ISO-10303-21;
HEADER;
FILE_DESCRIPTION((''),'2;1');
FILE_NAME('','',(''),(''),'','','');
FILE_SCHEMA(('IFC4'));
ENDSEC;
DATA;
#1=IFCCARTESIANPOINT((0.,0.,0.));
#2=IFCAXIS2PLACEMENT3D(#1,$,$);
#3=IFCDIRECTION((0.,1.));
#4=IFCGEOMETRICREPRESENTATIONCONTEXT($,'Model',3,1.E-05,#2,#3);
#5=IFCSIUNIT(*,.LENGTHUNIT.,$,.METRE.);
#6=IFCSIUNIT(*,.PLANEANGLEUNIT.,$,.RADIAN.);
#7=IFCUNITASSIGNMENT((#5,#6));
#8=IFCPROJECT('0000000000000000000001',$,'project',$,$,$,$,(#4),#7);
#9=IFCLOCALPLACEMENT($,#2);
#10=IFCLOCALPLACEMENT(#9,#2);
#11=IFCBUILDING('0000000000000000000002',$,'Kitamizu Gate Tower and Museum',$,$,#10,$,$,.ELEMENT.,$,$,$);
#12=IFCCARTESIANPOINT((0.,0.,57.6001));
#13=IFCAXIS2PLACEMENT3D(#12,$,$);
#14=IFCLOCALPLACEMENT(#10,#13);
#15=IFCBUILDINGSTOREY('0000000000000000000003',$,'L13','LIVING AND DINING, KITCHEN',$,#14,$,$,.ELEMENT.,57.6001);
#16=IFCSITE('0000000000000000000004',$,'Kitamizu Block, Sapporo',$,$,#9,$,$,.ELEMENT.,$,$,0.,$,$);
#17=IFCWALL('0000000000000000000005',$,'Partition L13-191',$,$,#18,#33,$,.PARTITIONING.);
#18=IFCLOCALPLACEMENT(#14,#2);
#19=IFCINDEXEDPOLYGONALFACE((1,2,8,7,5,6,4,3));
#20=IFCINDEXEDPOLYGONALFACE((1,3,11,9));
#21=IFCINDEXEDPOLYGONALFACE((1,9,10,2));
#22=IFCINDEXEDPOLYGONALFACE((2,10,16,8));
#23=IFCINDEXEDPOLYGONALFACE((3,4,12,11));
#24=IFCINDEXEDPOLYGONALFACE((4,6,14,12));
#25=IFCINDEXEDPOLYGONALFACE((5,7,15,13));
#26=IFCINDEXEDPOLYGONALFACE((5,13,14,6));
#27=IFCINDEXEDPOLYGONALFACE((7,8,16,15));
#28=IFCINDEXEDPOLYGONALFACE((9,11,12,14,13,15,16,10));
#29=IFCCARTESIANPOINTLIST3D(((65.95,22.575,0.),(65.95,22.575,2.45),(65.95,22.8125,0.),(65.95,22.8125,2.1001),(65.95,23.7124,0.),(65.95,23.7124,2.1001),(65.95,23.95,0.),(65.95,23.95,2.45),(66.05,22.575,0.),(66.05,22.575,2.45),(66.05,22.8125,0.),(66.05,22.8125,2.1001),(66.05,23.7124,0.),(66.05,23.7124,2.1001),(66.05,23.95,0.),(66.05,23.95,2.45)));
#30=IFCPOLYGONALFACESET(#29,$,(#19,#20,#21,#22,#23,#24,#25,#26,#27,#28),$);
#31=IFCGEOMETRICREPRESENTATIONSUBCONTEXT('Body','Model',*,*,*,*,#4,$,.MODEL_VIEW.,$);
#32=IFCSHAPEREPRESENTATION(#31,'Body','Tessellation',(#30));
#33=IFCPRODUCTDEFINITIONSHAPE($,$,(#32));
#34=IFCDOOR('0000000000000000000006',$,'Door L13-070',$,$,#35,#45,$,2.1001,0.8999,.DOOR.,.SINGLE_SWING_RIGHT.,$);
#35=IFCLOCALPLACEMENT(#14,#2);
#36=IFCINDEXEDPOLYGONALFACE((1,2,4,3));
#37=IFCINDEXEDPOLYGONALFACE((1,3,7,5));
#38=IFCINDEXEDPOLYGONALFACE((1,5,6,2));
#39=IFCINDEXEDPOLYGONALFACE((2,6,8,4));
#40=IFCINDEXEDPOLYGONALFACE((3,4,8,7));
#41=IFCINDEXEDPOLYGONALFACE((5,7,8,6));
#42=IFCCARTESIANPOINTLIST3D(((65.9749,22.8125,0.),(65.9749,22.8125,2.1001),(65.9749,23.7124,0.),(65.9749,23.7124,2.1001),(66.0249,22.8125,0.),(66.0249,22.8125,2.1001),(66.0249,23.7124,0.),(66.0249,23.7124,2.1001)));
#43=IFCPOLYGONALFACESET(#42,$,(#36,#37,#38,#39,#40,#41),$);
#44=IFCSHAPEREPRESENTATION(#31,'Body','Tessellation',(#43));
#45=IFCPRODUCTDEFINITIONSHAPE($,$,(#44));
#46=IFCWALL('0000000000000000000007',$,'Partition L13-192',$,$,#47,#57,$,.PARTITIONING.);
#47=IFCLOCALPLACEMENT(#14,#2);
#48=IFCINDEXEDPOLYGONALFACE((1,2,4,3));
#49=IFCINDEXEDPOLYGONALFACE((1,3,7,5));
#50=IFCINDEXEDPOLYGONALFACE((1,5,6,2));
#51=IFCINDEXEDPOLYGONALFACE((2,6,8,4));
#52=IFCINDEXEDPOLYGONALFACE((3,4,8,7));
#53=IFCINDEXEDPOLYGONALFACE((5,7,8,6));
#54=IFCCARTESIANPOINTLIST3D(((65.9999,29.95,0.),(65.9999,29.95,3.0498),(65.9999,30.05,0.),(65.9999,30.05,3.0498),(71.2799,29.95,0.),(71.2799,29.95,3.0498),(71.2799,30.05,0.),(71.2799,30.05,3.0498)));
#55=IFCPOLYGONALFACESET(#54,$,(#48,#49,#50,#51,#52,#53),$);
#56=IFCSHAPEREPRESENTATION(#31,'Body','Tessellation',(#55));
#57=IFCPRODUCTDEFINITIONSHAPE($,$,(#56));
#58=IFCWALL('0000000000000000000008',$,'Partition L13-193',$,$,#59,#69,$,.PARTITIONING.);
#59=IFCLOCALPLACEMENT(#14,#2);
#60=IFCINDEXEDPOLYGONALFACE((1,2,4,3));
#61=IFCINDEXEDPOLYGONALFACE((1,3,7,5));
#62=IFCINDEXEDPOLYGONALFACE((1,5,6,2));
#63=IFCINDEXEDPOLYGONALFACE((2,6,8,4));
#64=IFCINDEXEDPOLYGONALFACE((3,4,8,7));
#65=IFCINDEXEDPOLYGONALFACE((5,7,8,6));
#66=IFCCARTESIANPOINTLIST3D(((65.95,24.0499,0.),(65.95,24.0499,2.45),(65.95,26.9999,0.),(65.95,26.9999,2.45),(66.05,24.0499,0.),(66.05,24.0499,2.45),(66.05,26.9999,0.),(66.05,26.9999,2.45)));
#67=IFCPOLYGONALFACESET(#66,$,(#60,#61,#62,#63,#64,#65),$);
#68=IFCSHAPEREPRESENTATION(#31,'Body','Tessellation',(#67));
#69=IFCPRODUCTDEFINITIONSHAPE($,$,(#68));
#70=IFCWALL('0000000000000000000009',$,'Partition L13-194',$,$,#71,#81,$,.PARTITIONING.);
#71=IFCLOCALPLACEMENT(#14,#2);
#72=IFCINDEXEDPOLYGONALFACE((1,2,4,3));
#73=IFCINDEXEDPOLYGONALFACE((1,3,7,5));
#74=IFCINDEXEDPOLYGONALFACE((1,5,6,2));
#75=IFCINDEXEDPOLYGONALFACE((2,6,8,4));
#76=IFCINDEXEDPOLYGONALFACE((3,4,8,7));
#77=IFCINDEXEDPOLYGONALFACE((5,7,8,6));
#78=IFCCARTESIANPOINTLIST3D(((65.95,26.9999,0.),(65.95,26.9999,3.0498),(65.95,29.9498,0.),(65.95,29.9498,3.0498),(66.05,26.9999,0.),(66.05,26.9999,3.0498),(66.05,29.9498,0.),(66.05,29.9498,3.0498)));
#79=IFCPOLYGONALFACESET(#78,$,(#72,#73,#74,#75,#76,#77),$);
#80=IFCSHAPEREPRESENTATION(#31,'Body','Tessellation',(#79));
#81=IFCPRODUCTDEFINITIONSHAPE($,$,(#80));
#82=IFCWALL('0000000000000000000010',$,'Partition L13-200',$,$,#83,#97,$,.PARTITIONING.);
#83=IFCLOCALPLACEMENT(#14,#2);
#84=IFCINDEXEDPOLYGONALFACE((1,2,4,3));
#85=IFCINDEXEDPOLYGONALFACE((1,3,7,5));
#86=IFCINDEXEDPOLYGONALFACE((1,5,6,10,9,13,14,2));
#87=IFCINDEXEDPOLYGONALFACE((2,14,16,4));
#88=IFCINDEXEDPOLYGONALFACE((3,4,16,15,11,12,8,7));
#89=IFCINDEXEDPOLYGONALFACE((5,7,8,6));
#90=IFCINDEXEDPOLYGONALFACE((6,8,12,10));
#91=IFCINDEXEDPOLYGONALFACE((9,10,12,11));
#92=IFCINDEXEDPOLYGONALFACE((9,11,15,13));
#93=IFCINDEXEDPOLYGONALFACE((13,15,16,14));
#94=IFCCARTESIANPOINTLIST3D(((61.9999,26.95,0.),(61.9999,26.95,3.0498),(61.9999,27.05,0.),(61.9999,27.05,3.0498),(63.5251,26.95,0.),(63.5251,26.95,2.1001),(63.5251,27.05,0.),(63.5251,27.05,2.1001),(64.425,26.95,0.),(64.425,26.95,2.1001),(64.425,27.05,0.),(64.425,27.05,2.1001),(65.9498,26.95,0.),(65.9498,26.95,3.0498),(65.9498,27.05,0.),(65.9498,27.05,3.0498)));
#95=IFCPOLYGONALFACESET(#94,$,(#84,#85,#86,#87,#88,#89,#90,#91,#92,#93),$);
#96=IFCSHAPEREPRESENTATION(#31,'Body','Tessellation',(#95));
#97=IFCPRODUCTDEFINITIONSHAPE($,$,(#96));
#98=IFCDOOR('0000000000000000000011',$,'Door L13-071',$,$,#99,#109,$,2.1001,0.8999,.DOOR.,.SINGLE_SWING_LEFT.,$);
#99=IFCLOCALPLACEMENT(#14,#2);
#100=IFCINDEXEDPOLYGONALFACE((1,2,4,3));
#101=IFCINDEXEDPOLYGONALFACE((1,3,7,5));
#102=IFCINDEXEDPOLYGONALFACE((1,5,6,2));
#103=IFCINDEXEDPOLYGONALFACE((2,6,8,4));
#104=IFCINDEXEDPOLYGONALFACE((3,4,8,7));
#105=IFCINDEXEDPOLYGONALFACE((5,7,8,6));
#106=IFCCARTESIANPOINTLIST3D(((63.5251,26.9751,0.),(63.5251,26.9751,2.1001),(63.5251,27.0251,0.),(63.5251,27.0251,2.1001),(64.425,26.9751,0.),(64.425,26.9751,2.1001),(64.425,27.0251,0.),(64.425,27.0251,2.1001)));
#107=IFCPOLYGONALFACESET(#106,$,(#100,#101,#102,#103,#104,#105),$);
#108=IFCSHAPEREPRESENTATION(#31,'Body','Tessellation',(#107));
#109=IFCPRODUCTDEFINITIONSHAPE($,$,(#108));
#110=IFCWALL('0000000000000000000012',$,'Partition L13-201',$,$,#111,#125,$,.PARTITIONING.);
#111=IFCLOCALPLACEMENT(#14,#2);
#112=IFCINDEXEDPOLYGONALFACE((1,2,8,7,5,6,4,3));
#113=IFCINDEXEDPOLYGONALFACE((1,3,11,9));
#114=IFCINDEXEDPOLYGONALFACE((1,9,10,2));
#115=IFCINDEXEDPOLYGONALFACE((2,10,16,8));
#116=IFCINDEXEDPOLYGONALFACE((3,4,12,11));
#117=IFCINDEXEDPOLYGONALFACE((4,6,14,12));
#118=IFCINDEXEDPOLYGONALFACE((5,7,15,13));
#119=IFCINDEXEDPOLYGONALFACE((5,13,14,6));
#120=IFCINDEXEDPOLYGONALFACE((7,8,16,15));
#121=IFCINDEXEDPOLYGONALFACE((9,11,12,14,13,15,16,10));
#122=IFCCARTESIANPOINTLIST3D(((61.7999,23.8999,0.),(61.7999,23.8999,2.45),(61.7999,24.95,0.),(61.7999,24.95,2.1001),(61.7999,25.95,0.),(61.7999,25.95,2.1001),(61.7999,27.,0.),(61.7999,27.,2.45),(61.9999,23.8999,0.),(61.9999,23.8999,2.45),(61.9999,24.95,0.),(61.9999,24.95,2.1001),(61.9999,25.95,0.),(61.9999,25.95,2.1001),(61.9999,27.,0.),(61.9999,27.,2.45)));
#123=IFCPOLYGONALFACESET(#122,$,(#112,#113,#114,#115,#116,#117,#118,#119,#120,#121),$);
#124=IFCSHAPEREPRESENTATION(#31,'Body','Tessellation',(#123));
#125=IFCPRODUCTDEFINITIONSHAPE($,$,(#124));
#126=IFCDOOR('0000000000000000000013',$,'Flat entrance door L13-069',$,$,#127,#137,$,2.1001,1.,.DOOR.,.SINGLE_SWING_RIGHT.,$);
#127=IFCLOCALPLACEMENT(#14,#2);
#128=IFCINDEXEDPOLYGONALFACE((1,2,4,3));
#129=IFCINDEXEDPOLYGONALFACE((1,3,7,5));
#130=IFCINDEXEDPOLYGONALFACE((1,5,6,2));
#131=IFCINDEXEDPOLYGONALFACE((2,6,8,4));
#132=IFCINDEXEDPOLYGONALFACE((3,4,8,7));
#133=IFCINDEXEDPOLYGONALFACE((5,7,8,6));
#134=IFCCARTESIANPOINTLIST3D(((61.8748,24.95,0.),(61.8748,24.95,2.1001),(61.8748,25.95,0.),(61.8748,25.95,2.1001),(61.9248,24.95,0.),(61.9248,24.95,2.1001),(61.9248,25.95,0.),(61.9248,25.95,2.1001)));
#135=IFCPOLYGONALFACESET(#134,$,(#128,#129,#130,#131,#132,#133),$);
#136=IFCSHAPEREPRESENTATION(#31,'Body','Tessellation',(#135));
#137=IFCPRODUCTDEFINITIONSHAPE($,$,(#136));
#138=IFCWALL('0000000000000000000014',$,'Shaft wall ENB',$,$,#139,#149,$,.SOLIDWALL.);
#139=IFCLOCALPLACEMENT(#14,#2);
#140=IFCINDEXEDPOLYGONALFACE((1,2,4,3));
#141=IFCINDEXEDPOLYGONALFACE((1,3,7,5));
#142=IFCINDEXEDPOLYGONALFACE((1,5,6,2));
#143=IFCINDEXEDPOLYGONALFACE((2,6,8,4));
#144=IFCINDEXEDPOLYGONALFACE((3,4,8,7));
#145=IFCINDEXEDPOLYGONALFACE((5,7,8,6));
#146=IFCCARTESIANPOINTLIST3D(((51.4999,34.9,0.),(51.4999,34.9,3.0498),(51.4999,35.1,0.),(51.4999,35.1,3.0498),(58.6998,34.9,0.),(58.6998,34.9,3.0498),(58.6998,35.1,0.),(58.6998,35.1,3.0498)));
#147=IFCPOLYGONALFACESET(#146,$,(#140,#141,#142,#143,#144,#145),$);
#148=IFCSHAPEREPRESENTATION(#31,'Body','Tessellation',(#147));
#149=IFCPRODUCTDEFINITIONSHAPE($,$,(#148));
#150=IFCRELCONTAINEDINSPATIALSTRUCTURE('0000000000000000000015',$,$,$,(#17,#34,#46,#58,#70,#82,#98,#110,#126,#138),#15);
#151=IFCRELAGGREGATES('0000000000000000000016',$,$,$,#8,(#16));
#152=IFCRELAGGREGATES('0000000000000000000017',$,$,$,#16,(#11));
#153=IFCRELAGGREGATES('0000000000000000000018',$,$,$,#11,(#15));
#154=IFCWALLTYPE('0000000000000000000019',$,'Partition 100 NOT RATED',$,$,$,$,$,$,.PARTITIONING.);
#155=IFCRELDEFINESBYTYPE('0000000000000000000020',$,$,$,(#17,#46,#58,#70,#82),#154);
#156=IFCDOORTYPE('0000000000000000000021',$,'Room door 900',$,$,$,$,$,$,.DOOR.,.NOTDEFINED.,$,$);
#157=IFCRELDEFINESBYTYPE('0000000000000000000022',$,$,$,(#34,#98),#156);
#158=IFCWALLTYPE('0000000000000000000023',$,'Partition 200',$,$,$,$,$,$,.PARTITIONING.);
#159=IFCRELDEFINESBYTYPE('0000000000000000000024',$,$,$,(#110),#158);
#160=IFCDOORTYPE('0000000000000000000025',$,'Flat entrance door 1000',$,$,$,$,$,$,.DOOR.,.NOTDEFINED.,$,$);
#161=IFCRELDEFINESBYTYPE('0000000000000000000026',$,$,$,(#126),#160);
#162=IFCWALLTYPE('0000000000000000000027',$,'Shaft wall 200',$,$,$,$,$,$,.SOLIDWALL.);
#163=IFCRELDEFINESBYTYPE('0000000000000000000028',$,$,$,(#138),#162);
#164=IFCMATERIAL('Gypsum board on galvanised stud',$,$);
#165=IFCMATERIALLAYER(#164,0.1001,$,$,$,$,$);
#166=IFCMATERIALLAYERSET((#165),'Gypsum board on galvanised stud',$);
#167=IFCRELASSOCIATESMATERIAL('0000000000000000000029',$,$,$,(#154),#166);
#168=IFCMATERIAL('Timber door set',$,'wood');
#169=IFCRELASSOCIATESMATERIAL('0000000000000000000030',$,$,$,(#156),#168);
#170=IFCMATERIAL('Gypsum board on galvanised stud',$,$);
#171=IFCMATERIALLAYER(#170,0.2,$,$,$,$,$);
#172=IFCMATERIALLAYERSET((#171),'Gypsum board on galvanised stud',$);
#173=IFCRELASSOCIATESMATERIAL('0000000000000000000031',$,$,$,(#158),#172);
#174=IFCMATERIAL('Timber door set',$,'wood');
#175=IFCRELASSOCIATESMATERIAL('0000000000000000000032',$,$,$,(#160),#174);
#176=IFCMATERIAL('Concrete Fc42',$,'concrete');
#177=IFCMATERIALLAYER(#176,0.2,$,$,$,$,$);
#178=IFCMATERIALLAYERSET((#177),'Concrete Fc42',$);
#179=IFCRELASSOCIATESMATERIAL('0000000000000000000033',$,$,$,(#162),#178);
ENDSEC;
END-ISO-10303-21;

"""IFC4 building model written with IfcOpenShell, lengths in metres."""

from ifc_helpers import new_model, si_unit, direction, frame, frame_2d, origin, place, context, subcontext, project, spatial, rectangle, extrude, material, layer, layer_set, type_object, element, fill, save


model = new_model("IFC4")

# Units and contexts
model_context = context("Model", 3, precision=1e-05, world=origin(), true_north=direction((0.0, 1.0)))
body_context = subcontext(model_context, "Body", "Model", "MODEL_VIEW")
ifc_project = project(units=[si_unit("LENGTHUNIT", "METRE"), si_unit("PLANEANGLEUNIT", "RADIAN")], contexts=[model_context])

# Site, building, storey
site_placement = place(None, origin())
site = spatial("IfcSite", under=ifc_project, at=site_placement, Name="Kitamizu Block, Sapporo", CompositionType="ELEMENT", RefElevation=0.0)
building_placement = place(site_placement, origin())
building = spatial("IfcBuilding", under=site, at=building_placement, Name="Kitamizu Gate Tower and Museum", CompositionType="ELEMENT")
storey_placement = place(building_placement, frame((0.0, 0.0, 57.6001)))
storey = spatial("IfcBuildingStorey", under=building, at=storey_placement, Name="L13", Description="LIVING AND DINING, KITCHEN", CompositionType="ELEMENT", Elevation=57.6001)

# Wall, opening, door
ifc_material_1 = material(Name="Gypsum board on galvanised stud")
ifc_layer_1 = layer(ifc_material_1, 0.1001)
ifc_layer_set_1 = layer_set([ifc_layer_1], Name="Gypsum board on galvanised stud")
wall_type_1 = type_object("IfcWallType", Name="Partition 100 NOT RATED", PredefinedType="PARTITIONING", material=ifc_layer_set_1)
ifc_material_2 = material(Name="Timber door set", Category="wood")
door_type_1 = type_object("IfcDoorType", Name="Room door 900", OperationType="NOTDEFINED", PredefinedType="DOOR", material=ifc_material_2)
wall_1_placement = place(storey_placement, frame((66.0, 23.95, 0.0), z_axis=(0.0, 0.0, 1.0), x_axis=(0.0, -1.0, 0.0)))
wall_1 = element("IfcWall", 1, at=wall_1_placement, inside=storey, type_object=wall_type_1, Name="Partition L13-191", PredefinedType="PARTITIONING", context=body_context, shape_type="SweptSolid", body=[
    extrude(rectangle(XDim=1.375, YDim=0.1001, at=frame_2d((0.6875, 0.0))), origin(), (0.0, 0.0, 1.0), 2.45),
])
opening_1_placement = place(wall_1_placement, frame((0.2375, 0.0, 0.0)))
opening_1 = element("IfcOpeningElement", 2, at=opening_1_placement, cuts=wall_1, PredefinedType="OPENING", context=body_context, shape_type="SweptSolid", body=[
    extrude(rectangle(XDim=0.8999, YDim=2.1001, at=frame_2d((0.45, 1.05))), frame((0.0, 0.0601, 0.0), z_axis=(0.0, -1.0, 0.0), x_axis=(1.0, 0.0, 0.0)), (0.0, 0.0, 1.0), 0.1201),
])
door_1_placement = place(opening_1_placement, origin())
door_1 = element("IfcDoor", 3, at=door_1_placement, inside=storey, type_object=door_type_1, Name="Door L13-070", OperationType="SINGLE_SWING_RIGHT", OverallHeight=2.1001, OverallWidth=0.8999, PredefinedType="DOOR", context=body_context, shape_type="SweptSolid", body=[
    extrude(rectangle(XDim=0.8999, YDim=2.1001, at=frame_2d((0.45, 1.05))), frame((0.0, 0.0249, 0.0), z_axis=(0.0, -1.0, 0.0), x_axis=(1.0, 0.0, 0.0)), (0.0, 0.0, 1.0), 0.05),
])
fill(opening_1, door_1)

# Walls
wall_2_placement = place(storey_placement, frame((71.28, 30.0, 0.0), z_axis=(0.0, 0.0, 1.0), x_axis=(-1.0, 0.0, 0.0)))
element("IfcWall", 4, at=wall_2_placement, inside=storey, type_object=wall_type_1, Name="Partition L13-192", PredefinedType="PARTITIONING", context=body_context, shape_type="SweptSolid", body=[
    extrude(rectangle(XDim=5.28, YDim=0.1001, at=frame_2d((2.6401, 0.0))), origin(), (0.0, 0.0, 1.0), 3.0498),
])
wall_3_placement = place(storey_placement, frame((66.0, 27.0, 0.0), z_axis=(0.0, 0.0, 1.0), x_axis=(0.0, -1.0, 0.0)))
element("IfcWall", 5, at=wall_3_placement, inside=storey, type_object=wall_type_1, Name="Partition L13-193", PredefinedType="PARTITIONING", context=body_context, shape_type="SweptSolid", body=[
    extrude(rectangle(XDim=2.95, YDim=0.1001, at=frame_2d((1.4751, 0.0))), origin(), (0.0, 0.0, 1.0), 2.45),
])
wall_4_placement = place(storey_placement, frame((66.0, 29.95, 0.0), z_axis=(0.0, 0.0, 1.0), x_axis=(0.0, -1.0, 0.0)))
element("IfcWall", 6, at=wall_4_placement, inside=storey, type_object=wall_type_1, Name="Partition L13-194", PredefinedType="PARTITIONING", context=body_context, shape_type="SweptSolid", body=[
    extrude(rectangle(XDim=2.95, YDim=0.1001, at=frame_2d((1.4751, 0.0))), origin(), (0.0, 0.0, 1.0), 3.0498),
])

# Walls, openings, doors
wall_5_placement = place(storey_placement, frame((65.95, 27.0, 0.0), z_axis=(0.0, 0.0, 1.0), x_axis=(-1.0, 0.0, 0.0)))
wall_5 = element("IfcWall", 7, at=wall_5_placement, inside=storey, type_object=wall_type_1, Name="Partition L13-200", PredefinedType="PARTITIONING", context=body_context, shape_type="SweptSolid", body=[
    extrude(rectangle(XDim=3.95, YDim=0.1001, at=frame_2d((1.9751, 0.0))), origin(), (0.0, 0.0, 1.0), 3.0498),
])
opening_2_placement = place(wall_5_placement, frame((1.5249, 0.0, 0.0)))
opening_2 = element("IfcOpeningElement", 8, at=opening_2_placement, cuts=wall_5, PredefinedType="OPENING", context=body_context, shape_type="SweptSolid", body=[
    extrude(rectangle(XDim=0.8999, YDim=2.1001, at=frame_2d((0.45, 1.05))), frame((0.0, 0.0601, 0.0), z_axis=(0.0, -1.0, 0.0), x_axis=(1.0, 0.0, 0.0)), (0.0, 0.0, 1.0), 0.1201),
])
door_2_placement = place(opening_2_placement, origin())
door_2 = element("IfcDoor", 9, at=door_2_placement, inside=storey, type_object=door_type_1, Name="Door L13-071", OperationType="SINGLE_SWING_LEFT", OverallHeight=2.1001, OverallWidth=0.8999, PredefinedType="DOOR", context=body_context, shape_type="SweptSolid", body=[
    extrude(rectangle(XDim=0.8999, YDim=2.1001, at=frame_2d((0.45, 1.05))), frame((0.0, 0.0249, 0.0), z_axis=(0.0, -1.0, 0.0), x_axis=(1.0, 0.0, 0.0)), (0.0, 0.0, 1.0), 0.05),
])
fill(opening_2, door_2)
ifc_material_3 = material(Name="Gypsum board on galvanised stud")
ifc_layer_2 = layer(ifc_material_3, 0.2)
ifc_layer_set_2 = layer_set([ifc_layer_2], Name="Gypsum board on galvanised stud")
wall_type_2 = type_object("IfcWallType", Name="Partition 200", PredefinedType="PARTITIONING", material=ifc_layer_set_2)
wall_6_placement = place(storey_placement, frame((61.8999, 27.0, 0.0), z_axis=(0.0, 0.0, 1.0), x_axis=(0.0, -1.0, 0.0)))
wall_6 = element("IfcWall", 10, at=wall_6_placement, inside=storey, type_object=wall_type_2, Name="Partition L13-201", PredefinedType="PARTITIONING", context=body_context, shape_type="SweptSolid", body=[
    extrude(rectangle(XDim=3.1001, YDim=0.2, at=frame_2d((1.55, 0.0))), origin(), (0.0, 0.0, 1.0), 2.45),
])
opening_3_placement = place(wall_6_placement, frame((1.05, 0.0, 0.0)))
opening_3 = element("IfcOpeningElement", 11, at=opening_3_placement, cuts=wall_6, PredefinedType="OPENING", context=body_context, shape_type="SweptSolid", body=[
    extrude(rectangle(XDim=1.0, YDim=2.1001, at=frame_2d((0.5, 1.05))), frame((0.0, 0.1099, 0.0), z_axis=(0.0, -1.0, 0.0), x_axis=(1.0, 0.0, 0.0)), (0.0, 0.0, 1.0), 0.22),
])
ifc_material_4 = material(Name="Timber door set", Category="wood")
door_type_2 = type_object("IfcDoorType", Name="Flat entrance door 1000", OperationType="NOTDEFINED", PredefinedType="DOOR", material=ifc_material_4)
door_3_placement = place(opening_3_placement, origin())
door_3 = element("IfcDoor", 12, at=door_3_placement, inside=storey, type_object=door_type_2, Name="Flat entrance door L13-069", OperationType="SINGLE_SWING_RIGHT", OverallHeight=2.1001, OverallWidth=1.0, PredefinedType="DOOR", context=body_context, shape_type="SweptSolid", body=[
    extrude(rectangle(XDim=1.0, YDim=2.1001, at=frame_2d((0.5, 1.05))), frame((0.0, 0.0249, 0.0), z_axis=(0.0, -1.0, 0.0), x_axis=(1.0, 0.0, 0.0)), (0.0, 0.0, 1.0), 0.05),
])
fill(opening_3, door_3)

# Wall
ifc_material_5 = material(Name="Concrete Fc42", Category="concrete")
ifc_layer_3 = layer(ifc_material_5, 0.2)
ifc_layer_set_3 = layer_set([ifc_layer_3], Name="Concrete Fc42")
wall_type_3 = type_object("IfcWallType", Name="Shaft wall 200", PredefinedType="SOLIDWALL", material=ifc_layer_set_3)
wall_7_placement = place(storey_placement, frame((58.7, 35.0, 0.0), z_axis=(0.0, 0.0, 1.0), x_axis=(-1.0, 0.0, 0.0)))
element("IfcWall", 13, at=wall_7_placement, inside=storey, type_object=wall_type_3, Name="Shaft wall ENB", PredefinedType="SOLIDWALL", context=body_context, shape_type="SweptSolid", body=[
    extrude(rectangle(XDim=7.2, YDim=0.2, at=frame_2d((3.6001, 0.0))), origin(), (0.0, 0.0, 1.0), 3.0498),
])

save(model, "model.ifc")
